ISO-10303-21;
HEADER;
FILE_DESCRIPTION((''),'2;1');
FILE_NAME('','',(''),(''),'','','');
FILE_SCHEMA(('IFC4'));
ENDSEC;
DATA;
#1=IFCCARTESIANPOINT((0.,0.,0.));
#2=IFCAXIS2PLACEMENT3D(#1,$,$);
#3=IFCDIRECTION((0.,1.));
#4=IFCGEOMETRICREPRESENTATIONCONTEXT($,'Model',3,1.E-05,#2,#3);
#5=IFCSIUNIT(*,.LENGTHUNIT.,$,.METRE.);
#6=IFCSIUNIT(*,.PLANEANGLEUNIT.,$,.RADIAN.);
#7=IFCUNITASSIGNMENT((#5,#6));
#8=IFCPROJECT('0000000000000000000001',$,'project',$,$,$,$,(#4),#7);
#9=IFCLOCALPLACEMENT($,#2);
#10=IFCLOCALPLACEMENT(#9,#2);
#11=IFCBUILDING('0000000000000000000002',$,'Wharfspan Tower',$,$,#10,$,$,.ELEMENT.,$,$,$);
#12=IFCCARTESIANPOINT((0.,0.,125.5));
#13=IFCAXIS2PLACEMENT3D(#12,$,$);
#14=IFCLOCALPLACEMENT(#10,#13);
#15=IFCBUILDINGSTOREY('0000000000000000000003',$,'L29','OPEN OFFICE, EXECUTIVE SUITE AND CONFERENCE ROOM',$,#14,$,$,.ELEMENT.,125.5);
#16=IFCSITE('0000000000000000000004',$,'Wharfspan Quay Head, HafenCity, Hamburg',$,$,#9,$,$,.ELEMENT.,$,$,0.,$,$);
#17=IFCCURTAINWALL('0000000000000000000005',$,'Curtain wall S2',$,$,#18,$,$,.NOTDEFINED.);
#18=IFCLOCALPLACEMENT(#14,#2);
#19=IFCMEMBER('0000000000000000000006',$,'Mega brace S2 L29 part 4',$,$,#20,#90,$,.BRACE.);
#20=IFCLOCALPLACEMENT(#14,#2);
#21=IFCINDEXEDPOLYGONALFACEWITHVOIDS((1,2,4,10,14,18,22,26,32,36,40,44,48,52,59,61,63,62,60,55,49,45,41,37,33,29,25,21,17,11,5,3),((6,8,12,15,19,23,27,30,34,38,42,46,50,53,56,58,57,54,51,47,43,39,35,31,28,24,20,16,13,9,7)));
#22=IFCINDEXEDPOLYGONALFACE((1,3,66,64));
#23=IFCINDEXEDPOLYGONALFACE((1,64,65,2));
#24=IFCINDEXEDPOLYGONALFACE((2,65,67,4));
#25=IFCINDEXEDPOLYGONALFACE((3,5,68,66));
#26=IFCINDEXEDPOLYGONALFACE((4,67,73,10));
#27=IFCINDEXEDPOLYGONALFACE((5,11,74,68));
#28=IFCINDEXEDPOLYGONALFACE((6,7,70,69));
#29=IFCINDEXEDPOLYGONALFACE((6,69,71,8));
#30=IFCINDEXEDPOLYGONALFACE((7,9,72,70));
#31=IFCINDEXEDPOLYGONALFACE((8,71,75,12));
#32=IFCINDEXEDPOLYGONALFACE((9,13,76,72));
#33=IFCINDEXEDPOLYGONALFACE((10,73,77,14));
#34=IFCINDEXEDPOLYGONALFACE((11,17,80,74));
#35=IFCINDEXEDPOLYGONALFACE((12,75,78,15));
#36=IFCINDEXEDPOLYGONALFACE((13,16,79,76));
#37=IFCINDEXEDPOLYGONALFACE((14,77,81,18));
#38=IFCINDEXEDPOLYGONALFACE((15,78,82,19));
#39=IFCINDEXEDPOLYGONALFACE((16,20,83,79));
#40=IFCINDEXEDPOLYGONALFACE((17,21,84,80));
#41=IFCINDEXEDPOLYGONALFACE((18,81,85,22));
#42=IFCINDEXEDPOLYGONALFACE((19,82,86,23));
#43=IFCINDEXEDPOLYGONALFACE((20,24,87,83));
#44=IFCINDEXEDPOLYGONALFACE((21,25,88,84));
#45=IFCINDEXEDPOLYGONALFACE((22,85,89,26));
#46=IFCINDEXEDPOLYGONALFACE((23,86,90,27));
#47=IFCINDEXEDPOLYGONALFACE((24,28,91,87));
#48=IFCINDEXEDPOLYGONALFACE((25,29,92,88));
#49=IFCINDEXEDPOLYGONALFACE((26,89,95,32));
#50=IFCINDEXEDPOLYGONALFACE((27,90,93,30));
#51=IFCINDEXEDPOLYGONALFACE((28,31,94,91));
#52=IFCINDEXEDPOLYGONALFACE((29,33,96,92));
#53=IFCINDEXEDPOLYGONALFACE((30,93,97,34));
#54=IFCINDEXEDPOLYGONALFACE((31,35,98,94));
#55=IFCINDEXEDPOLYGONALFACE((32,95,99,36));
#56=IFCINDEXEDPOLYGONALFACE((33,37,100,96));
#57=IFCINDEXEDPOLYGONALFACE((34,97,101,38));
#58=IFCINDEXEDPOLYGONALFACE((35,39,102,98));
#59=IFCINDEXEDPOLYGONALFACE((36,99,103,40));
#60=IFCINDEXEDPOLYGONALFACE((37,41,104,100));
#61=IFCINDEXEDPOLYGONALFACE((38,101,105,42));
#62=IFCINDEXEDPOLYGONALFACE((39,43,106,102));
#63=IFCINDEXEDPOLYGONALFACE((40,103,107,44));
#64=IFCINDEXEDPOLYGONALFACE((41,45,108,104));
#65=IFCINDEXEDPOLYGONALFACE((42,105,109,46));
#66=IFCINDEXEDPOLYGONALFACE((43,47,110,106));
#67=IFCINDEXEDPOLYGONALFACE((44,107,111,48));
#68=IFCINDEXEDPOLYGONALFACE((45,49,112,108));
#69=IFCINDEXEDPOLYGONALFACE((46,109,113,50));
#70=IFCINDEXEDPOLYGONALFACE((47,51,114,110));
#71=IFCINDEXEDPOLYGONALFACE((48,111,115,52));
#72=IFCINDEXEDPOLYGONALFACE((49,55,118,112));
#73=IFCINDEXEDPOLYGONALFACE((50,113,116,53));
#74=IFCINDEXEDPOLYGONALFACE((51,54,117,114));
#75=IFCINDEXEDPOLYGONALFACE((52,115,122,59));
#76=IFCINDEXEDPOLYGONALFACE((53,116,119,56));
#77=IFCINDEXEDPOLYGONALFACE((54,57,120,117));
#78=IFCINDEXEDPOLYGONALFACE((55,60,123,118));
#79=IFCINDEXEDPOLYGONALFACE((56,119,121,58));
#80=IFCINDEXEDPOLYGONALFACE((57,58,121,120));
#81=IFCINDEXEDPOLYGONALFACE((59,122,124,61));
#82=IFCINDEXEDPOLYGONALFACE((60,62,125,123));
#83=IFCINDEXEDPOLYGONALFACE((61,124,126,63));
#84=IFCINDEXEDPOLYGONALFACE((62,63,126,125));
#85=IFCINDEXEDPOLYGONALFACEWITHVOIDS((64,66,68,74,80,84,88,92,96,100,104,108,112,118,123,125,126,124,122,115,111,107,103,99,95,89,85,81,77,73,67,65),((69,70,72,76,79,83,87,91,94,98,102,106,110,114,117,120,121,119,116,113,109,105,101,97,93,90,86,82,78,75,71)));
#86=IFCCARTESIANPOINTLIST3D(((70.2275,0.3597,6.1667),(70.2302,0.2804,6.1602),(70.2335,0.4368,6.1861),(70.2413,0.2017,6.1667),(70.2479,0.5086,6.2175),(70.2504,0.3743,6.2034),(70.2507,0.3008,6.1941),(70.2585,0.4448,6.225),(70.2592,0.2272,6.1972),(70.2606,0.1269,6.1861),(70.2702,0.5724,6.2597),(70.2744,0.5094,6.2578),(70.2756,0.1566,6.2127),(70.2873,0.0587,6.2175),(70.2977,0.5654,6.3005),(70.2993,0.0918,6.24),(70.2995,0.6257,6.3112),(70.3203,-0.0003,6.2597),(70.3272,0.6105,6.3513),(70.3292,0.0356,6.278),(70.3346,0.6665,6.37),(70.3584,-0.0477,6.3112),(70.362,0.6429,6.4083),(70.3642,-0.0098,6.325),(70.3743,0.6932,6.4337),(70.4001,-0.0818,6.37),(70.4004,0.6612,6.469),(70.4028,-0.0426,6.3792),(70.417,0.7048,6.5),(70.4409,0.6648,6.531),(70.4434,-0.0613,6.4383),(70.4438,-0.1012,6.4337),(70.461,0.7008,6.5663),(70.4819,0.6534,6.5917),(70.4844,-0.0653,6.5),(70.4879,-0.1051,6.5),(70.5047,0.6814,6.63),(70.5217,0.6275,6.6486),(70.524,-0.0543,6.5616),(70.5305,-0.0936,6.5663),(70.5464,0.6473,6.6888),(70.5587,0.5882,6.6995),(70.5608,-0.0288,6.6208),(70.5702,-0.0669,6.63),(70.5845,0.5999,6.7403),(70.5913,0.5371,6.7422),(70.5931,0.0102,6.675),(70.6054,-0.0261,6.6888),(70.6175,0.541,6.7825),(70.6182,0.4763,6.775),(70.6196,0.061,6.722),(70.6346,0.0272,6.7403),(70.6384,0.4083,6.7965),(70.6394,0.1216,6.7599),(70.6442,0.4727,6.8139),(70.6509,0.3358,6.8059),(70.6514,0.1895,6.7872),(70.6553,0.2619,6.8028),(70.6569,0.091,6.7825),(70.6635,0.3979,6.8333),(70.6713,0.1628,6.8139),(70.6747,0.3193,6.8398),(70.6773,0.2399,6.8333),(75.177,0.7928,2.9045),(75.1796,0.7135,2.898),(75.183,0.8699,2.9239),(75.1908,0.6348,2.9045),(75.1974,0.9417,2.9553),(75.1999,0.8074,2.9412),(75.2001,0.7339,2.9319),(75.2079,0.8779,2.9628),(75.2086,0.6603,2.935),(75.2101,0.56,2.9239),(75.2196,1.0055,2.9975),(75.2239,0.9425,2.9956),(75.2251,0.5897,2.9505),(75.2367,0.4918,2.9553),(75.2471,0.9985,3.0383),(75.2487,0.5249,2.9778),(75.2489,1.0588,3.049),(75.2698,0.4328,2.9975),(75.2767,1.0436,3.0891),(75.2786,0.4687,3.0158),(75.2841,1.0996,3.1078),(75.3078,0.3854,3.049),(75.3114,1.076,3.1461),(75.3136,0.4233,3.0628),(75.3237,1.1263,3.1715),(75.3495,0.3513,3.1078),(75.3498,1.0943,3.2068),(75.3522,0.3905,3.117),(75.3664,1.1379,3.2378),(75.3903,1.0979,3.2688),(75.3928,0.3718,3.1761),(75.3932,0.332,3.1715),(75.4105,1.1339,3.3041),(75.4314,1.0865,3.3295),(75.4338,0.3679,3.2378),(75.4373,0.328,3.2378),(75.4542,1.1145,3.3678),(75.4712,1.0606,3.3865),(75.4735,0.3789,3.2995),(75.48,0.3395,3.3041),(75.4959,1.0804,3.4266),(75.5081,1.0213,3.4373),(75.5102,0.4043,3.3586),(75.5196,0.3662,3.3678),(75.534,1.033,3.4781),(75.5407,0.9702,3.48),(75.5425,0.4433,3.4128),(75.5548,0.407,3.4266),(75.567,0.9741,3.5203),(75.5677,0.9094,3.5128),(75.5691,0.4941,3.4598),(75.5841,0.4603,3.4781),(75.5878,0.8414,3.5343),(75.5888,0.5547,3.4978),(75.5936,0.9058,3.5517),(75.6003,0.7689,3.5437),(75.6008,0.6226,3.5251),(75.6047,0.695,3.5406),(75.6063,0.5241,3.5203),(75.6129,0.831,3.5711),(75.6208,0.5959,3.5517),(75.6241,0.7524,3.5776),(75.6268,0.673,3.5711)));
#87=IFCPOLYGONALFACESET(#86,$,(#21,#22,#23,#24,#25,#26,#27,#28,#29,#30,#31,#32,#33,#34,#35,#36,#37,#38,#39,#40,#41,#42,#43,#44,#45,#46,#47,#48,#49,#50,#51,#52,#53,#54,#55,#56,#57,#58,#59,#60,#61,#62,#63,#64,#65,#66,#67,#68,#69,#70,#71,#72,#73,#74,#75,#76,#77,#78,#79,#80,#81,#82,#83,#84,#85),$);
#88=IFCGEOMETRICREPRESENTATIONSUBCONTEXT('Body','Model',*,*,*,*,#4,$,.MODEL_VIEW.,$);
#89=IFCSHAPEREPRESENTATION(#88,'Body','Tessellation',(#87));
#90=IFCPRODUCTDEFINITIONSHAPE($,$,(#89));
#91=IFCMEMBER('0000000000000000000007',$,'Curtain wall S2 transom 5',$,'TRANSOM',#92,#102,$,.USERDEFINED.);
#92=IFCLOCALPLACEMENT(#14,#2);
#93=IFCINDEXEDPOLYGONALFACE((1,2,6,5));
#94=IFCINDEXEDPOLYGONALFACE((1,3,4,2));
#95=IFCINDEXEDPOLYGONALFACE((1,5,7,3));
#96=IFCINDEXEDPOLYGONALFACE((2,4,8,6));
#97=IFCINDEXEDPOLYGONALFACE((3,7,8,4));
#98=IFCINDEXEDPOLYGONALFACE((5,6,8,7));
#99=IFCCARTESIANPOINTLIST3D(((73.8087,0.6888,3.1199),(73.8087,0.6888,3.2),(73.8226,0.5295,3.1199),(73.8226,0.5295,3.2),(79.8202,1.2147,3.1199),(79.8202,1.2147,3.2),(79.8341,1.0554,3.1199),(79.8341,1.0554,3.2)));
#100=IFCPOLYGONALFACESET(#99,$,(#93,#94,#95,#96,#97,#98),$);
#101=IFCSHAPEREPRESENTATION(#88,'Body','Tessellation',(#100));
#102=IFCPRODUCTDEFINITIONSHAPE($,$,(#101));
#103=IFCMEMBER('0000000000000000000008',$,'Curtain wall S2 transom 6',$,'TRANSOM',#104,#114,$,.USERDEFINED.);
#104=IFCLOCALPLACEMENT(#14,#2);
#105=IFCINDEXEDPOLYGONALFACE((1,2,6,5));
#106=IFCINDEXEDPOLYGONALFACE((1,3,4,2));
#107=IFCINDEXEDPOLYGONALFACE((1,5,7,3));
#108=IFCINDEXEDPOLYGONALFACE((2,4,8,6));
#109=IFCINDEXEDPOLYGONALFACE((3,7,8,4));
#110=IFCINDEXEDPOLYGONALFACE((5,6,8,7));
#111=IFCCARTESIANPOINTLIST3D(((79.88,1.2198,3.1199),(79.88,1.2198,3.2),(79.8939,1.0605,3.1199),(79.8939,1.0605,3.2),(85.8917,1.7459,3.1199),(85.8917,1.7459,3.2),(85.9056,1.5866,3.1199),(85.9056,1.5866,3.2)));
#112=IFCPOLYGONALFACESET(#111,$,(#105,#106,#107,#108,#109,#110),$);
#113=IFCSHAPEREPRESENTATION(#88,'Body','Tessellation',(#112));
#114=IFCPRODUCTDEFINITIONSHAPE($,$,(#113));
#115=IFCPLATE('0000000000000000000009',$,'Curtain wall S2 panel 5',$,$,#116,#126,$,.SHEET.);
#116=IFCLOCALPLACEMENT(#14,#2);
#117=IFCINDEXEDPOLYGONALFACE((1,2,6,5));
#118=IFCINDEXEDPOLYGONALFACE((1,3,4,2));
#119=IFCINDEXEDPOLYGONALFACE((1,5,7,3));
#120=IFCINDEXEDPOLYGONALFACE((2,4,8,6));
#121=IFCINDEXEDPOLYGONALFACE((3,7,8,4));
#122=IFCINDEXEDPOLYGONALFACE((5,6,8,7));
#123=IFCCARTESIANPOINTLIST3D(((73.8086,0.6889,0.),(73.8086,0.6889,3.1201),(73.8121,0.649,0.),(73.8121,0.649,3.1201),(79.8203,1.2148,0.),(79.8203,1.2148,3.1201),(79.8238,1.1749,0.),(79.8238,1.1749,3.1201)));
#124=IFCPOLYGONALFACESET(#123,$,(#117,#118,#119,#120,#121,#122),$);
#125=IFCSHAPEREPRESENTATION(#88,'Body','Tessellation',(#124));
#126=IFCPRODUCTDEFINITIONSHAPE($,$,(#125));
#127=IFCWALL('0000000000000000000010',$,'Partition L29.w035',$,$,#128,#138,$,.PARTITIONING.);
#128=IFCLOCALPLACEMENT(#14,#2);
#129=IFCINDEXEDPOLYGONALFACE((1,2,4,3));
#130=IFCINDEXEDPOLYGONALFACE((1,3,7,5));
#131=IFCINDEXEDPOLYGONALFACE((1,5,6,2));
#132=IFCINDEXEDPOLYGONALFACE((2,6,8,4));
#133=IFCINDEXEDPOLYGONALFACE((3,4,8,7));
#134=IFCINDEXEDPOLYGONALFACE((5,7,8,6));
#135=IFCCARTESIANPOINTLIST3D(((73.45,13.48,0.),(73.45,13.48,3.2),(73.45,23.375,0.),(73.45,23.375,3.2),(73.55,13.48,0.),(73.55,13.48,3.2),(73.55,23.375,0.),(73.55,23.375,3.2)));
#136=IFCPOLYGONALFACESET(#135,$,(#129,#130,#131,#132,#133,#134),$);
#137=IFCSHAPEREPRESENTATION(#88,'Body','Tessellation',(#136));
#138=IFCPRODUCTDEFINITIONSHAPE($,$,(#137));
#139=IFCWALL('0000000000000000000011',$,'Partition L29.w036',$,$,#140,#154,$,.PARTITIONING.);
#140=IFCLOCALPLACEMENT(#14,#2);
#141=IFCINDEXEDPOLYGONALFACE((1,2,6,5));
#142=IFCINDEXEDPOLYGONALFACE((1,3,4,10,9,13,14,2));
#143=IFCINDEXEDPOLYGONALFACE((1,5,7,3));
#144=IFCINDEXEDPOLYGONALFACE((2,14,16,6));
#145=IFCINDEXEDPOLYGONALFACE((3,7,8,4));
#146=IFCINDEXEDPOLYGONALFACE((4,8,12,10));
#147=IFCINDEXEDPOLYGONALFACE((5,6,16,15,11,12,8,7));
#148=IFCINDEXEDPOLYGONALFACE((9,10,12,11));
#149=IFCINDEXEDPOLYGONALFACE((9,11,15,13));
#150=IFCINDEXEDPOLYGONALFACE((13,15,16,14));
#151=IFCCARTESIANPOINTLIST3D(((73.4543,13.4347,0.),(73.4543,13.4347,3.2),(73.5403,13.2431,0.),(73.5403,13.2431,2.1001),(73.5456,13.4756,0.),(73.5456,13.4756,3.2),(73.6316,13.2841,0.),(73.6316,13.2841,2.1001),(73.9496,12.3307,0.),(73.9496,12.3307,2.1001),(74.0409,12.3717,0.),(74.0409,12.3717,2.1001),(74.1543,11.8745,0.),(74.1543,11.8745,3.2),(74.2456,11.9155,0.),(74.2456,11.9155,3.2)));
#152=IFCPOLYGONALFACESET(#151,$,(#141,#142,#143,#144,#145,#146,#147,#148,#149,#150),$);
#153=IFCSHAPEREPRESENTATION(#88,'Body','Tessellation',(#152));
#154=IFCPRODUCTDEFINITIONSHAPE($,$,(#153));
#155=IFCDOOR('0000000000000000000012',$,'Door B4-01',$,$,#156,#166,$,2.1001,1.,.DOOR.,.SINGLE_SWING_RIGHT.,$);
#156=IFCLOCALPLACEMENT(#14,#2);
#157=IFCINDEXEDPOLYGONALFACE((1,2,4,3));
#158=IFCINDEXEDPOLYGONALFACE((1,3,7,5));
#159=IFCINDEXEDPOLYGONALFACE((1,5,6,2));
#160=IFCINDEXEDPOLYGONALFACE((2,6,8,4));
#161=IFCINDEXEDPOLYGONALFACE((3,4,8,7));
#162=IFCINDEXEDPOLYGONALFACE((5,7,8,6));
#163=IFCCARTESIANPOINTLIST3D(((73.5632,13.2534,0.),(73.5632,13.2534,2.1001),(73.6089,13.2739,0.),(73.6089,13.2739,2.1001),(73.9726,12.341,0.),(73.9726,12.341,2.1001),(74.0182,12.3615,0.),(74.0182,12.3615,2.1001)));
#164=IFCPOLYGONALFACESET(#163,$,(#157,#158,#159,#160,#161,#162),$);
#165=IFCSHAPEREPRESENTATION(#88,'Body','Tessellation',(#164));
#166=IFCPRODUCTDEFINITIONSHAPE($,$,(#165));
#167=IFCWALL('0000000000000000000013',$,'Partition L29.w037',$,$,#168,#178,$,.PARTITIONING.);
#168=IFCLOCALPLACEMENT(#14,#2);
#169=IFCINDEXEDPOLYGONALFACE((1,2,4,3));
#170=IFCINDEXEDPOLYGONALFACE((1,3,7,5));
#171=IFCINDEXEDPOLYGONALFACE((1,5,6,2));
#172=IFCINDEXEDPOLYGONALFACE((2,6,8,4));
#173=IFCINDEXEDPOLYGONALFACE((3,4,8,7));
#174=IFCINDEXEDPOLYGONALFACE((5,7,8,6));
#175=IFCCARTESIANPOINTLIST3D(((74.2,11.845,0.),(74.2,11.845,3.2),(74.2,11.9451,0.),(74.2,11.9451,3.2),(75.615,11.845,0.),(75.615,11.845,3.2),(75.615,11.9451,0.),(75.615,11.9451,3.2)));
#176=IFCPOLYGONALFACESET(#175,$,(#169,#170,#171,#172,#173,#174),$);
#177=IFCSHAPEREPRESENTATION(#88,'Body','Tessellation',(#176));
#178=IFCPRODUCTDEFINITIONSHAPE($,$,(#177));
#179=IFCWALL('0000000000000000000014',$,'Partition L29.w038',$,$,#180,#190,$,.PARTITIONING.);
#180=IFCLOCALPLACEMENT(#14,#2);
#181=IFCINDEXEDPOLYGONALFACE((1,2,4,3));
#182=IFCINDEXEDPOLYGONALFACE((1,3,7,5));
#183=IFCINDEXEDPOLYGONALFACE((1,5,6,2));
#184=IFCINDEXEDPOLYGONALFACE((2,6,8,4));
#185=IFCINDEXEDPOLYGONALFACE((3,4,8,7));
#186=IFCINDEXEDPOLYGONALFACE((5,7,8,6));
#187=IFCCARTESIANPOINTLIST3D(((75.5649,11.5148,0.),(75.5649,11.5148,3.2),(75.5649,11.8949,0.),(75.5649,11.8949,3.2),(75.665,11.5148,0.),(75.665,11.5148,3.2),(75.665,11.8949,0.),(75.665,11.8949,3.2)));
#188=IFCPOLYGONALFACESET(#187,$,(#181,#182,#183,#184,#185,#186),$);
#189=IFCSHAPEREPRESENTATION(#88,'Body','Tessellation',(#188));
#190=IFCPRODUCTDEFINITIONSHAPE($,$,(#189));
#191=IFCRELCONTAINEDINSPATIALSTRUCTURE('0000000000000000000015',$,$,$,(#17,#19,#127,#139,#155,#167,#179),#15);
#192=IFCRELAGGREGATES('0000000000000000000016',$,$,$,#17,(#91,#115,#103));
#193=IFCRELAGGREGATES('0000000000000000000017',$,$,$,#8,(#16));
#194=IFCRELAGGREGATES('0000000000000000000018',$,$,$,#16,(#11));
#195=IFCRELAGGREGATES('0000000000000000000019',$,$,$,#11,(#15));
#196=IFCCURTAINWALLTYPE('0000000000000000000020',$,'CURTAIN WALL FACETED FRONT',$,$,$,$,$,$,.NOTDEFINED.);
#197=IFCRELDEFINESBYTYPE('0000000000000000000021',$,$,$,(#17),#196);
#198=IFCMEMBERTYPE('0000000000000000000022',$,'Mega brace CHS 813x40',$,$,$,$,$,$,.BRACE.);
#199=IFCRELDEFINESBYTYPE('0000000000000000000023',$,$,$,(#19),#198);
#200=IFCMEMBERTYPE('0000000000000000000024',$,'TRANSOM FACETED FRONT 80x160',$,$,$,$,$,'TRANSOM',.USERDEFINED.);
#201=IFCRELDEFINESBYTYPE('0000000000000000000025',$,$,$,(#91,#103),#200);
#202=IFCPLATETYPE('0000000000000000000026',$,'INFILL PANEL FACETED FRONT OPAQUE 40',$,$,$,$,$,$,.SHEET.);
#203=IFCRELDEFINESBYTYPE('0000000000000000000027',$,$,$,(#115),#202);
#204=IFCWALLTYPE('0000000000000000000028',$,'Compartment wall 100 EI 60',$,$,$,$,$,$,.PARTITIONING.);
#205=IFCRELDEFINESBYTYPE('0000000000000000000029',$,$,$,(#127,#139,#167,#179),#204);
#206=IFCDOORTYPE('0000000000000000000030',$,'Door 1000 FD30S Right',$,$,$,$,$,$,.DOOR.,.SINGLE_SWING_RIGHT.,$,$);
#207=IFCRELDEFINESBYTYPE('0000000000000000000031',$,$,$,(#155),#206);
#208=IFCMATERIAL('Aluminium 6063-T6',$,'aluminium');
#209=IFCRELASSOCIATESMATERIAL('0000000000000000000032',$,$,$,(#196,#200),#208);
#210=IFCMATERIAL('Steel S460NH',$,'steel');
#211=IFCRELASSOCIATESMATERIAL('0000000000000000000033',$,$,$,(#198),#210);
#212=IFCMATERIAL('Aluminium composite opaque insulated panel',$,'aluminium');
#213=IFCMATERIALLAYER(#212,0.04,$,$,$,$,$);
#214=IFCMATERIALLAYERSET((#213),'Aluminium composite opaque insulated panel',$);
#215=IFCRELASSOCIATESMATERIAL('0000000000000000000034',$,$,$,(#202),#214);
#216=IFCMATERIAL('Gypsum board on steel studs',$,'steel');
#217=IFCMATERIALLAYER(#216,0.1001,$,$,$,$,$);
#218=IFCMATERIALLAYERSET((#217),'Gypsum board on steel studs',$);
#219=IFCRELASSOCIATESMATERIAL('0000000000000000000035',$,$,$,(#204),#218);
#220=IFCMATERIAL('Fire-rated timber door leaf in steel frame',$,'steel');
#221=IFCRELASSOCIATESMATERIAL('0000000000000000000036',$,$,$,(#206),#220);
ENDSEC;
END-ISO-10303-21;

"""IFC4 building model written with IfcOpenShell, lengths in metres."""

from ifc_helpers import new_model, si_unit, direction, frame, frame_2d, origin, origin_2d, place, context, subcontext, project, spatial, rectangle, hollow_circle, extrude, material, layer, layer_set, material_profile, profile_set, type_object, element, fill, aggregate, save


model = new_model("IFC4")

# Units and contexts
model_context = context("Model", 3, precision=1e-05, world=origin(), true_north=direction((0.0, 1.0)))
body_context = subcontext(model_context, "Body", "Model", "MODEL_VIEW")
ifc_project = project(units=[si_unit("LENGTHUNIT", "METRE"), si_unit("PLANEANGLEUNIT", "RADIAN")], contexts=[model_context])

# Site, building, storey
site_placement = place(None, origin())
site = spatial("IfcSite", under=ifc_project, at=site_placement, Name="Wharfspan Quay Head, HafenCity, Hamburg", CompositionType="ELEMENT", RefElevation=0.0)
building_placement = place(site_placement, origin())
building = spatial("IfcBuilding", under=site, at=building_placement, Name="Wharfspan Tower", CompositionType="ELEMENT")
storey_placement = place(building_placement, frame((0.0, 0.0, 125.5)))
storey = spatial("IfcBuildingStorey", under=building, at=storey_placement, Name="L29", Description="OPEN OFFICE, EXECUTIVE SUITE AND CONFERENCE ROOM", CompositionType="ELEMENT", Elevation=125.5)

# Curtain wall
ifc_material_1 = material(Name="Aluminium 6063-T6", Category="aluminium")
curtain_wall_type = type_object("IfcCurtainWallType", Name="CURTAIN WALL FACETED FRONT", PredefinedType="NOTDEFINED", material=ifc_material_1)
curtain_wall_placement = place(storey_placement, origin())
curtain_wall = element("IfcCurtainWall", 1, at=curtain_wall_placement, inside=storey, type_object=curtain_wall_type, Name="Curtain wall S2", PredefinedType="NOTDEFINED")

# Member
ifc_material_2 = material(Name="Steel S460NH", Category="steel")
ifc_material_profile_1 = material_profile(ifc_material_2, hollow_circle(Radius=0.4065, WallThickness=0.04, at=origin_2d()))
ifc_profile_set_1 = profile_set([ifc_material_profile_1], Name="Steel S460NH")
member_type_1 = type_object("IfcMemberType", Name="Mega brace CHS 813x40", PredefinedType="BRACE", material=ifc_profile_set_1)
member_1_placement = place(storey_placement, frame((75.4019, 0.7329, 3.2378), z_axis=(-0.832734, -0.072869, 0.548858), x_axis=(0.087173, -0.99619, 0.000001)))
element("IfcMember", 2, at=member_1_placement, inside=storey, type_object=member_type_1, Name="Mega brace S2 L29 part 4", PredefinedType="BRACE", context=body_context, shape_type="SweptSolid", body=[
    extrude(hollow_circle(Radius=0.4065, WallThickness=0.04, at=origin_2d()), origin(), (0.0, 0.0, 1.0), 5.9436),
])

# Members
ifc_material_profile_2 = material_profile(ifc_material_1, rectangle(XDim=0.1599, YDim=0.0801, at=origin_2d()))
ifc_profile_set_2 = profile_set([ifc_material_profile_2], Name="Aluminium 6063-T6")
member_type_2 = type_object("IfcMemberType", Name="TRANSOM FACETED FRONT 80x160", ElementType="TRANSOM", PredefinedType="USERDEFINED", material=ifc_profile_set_2)
member_2_placement = place(storey_placement, frame((73.8157, 0.6091, 3.1599), z_axis=(0.996196, 0.087146, 0.0), x_axis=(-0.087146, 0.996196, 0.0)))
member_2 = element("IfcMember", 3, at=member_2_placement, type_object=member_type_2, Name="Curtain wall S2 transom 5", ObjectType="TRANSOM", PredefinedType="USERDEFINED", context=body_context, shape_type="SweptSolid", body=[
    extrude(rectangle(XDim=0.1599, YDim=0.0801, at=origin_2d()), origin(), (0.0, 0.0, 1.0), 6.0344),
])
member_3_placement = place(storey_placement, frame((79.887, 1.1401, 3.1599), z_axis=(0.996192, 0.087183, 0.0), x_axis=(-0.087183, 0.996192, 0.0)))
member_3 = element("IfcMember", 4, at=member_3_placement, type_object=member_type_2, Name="Curtain wall S2 transom 6", ObjectType="TRANSOM", PredefinedType="USERDEFINED", context=body_context, shape_type="SweptSolid", body=[
    extrude(rectangle(XDim=0.1599, YDim=0.0801, at=origin_2d()), origin(), (0.0, 0.0, 1.0), 6.0347),
])

# Plate
ifc_material_3 = material(Name="Aluminium composite opaque insulated panel", Category="aluminium")
ifc_layer_1 = layer(ifc_material_3, 0.04)
ifc_layer_set_1 = layer_set([ifc_layer_1], Name="Aluminium composite opaque insulated panel")
plate_type = type_object("IfcPlateType", Name="INFILL PANEL FACETED FRONT OPAQUE 40", PredefinedType="SHEET", material=ifc_layer_set_1)
plate_placement = place(storey_placement, frame((76.8162, 0.9319, 0.0), z_axis=(0.0, 0.0, 1.0), x_axis=(0.996198, 0.087156, 0.0)))
plate = element("IfcPlate", 5, at=plate_placement, type_object=plate_type, Name="Curtain wall S2 panel 5", PredefinedType="SHEET", context=body_context, shape_type="SweptSolid", body=[
    extrude(rectangle(XDim=6.0347, YDim=0.04, at=origin_2d()), origin(), (0.0, 0.0, 1.0), 3.1201),
])
aggregate(curtain_wall, [member_2, plate, member_3])

# Wall
ifc_material_4 = material(Name="Gypsum board on steel studs", Category="steel")
ifc_layer_2 = layer(ifc_material_4, 0.1001)
ifc_layer_set_2 = layer_set([ifc_layer_2], Name="Gypsum board on steel studs")
wall_type_1 = type_object("IfcWallType", Name="Compartment wall 100 EI 60", PredefinedType="PARTITIONING", material=ifc_layer_set_2)
wall_1_placement = place(storey_placement, frame((73.5, 13.48, 0.0), z_axis=(0.0, 0.0, 1.0), x_axis=(0.0, 1.0, 0.0)))
element("IfcWall", 6, at=wall_1_placement, inside=storey, type_object=wall_type_1, Name="Partition L29.w035", PredefinedType="PARTITIONING", context=body_context, shape_type="SweptSolid", body=[
    extrude(rectangle(XDim=9.895, YDim=0.1001, at=frame_2d((4.9475, 0.0))), origin(), (0.0, 0.0, 1.0), 3.2),
])

# Wall, opening, door
wall_2_placement = place(storey_placement, frame((74.2, 11.895, 0.0), z_axis=(0.0, 0.0, 1.0), x_axis=(-0.409356, 0.912377, 0.0)))
wall_2 = element("IfcWall", 7, at=wall_2_placement, inside=storey, type_object=wall_type_1, Name="Partition L29.w036", PredefinedType="PARTITIONING", context=body_context, shape_type="SweptSolid", body=[
    extrude(rectangle(XDim=1.71, YDim=0.1001, at=frame_2d((0.855, 0.0))), origin(), (0.0, 0.0, 1.0), 3.2),
])
opening_placement = place(wall_2_placement, frame((0.5, 0.0, 0.0)))
opening = element("IfcOpeningElement", 8, at=opening_placement, cuts=wall_2, PredefinedType="OPENING", context=body_context, shape_type="SweptSolid", body=[
    extrude(rectangle(XDim=1.0, YDim=2.1001, at=frame_2d((0.5, 1.05))), frame((0.0, 0.0601, 0.0), z_axis=(0.0, -1.0, 0.0), x_axis=(1.0, 0.0, 0.0)), (0.0, 0.0, 1.0), 0.1201),
])
ifc_material_5 = material(Name="Fire-rated timber door leaf in steel frame", Category="steel")
door_type = type_object("IfcDoorType", Name="Door 1000 FD30S Right", OperationType="SINGLE_SWING_RIGHT", PredefinedType="DOOR", material=ifc_material_5)
door_placement = place(opening_placement, origin())
door = element("IfcDoor", 9, at=door_placement, inside=storey, type_object=door_type, Name="Door B4-01", OperationType="SINGLE_SWING_RIGHT", OverallHeight=2.1001, OverallWidth=1.0, PredefinedType="DOOR", context=body_context, shape_type="SweptSolid", body=[
    extrude(rectangle(XDim=1.0, YDim=2.1001, at=frame_2d((0.5, 1.05))), frame((0.0, 0.0249, 0.0), z_axis=(0.0, -1.0, 0.0), x_axis=(1.0, 0.0, 0.0)), (0.0, 0.0, 1.0), 0.05),
])
fill(opening, door)

# Walls
wall_3_placement = place(storey_placement, frame((74.2, 11.895, 0.0), z_axis=(0.0, 0.0, 1.0), x_axis=(1.0, 0.0, 0.0)))
element("IfcWall", 10, at=wall_3_placement, inside=storey, type_object=wall_type_1, Name="Partition L29.w037", PredefinedType="PARTITIONING", context=body_context, shape_type="SweptSolid", body=[
    extrude(rectangle(XDim=1.415, YDim=0.1001, at=frame_2d((0.7075, 0.0))), origin(), (0.0, 0.0, 1.0), 3.2),
])
wall_4_placement = place(storey_placement, frame((75.615, 11.5149, 0.0), z_axis=(0.0, 0.0, 1.0), x_axis=(0.0, 1.0, 0.0)))
element("IfcWall", 11, at=wall_4_placement, inside=storey, type_object=wall_type_1, Name="Partition L29.w038", PredefinedType="PARTITIONING", context=body_context, shape_type="SweptSolid", body=[
    extrude(rectangle(XDim=0.3801, YDim=0.1001, at=frame_2d((0.1899, 0.0))), origin(), (0.0, 0.0, 1.0), 3.2),
])

save(model, "model.ifc")
